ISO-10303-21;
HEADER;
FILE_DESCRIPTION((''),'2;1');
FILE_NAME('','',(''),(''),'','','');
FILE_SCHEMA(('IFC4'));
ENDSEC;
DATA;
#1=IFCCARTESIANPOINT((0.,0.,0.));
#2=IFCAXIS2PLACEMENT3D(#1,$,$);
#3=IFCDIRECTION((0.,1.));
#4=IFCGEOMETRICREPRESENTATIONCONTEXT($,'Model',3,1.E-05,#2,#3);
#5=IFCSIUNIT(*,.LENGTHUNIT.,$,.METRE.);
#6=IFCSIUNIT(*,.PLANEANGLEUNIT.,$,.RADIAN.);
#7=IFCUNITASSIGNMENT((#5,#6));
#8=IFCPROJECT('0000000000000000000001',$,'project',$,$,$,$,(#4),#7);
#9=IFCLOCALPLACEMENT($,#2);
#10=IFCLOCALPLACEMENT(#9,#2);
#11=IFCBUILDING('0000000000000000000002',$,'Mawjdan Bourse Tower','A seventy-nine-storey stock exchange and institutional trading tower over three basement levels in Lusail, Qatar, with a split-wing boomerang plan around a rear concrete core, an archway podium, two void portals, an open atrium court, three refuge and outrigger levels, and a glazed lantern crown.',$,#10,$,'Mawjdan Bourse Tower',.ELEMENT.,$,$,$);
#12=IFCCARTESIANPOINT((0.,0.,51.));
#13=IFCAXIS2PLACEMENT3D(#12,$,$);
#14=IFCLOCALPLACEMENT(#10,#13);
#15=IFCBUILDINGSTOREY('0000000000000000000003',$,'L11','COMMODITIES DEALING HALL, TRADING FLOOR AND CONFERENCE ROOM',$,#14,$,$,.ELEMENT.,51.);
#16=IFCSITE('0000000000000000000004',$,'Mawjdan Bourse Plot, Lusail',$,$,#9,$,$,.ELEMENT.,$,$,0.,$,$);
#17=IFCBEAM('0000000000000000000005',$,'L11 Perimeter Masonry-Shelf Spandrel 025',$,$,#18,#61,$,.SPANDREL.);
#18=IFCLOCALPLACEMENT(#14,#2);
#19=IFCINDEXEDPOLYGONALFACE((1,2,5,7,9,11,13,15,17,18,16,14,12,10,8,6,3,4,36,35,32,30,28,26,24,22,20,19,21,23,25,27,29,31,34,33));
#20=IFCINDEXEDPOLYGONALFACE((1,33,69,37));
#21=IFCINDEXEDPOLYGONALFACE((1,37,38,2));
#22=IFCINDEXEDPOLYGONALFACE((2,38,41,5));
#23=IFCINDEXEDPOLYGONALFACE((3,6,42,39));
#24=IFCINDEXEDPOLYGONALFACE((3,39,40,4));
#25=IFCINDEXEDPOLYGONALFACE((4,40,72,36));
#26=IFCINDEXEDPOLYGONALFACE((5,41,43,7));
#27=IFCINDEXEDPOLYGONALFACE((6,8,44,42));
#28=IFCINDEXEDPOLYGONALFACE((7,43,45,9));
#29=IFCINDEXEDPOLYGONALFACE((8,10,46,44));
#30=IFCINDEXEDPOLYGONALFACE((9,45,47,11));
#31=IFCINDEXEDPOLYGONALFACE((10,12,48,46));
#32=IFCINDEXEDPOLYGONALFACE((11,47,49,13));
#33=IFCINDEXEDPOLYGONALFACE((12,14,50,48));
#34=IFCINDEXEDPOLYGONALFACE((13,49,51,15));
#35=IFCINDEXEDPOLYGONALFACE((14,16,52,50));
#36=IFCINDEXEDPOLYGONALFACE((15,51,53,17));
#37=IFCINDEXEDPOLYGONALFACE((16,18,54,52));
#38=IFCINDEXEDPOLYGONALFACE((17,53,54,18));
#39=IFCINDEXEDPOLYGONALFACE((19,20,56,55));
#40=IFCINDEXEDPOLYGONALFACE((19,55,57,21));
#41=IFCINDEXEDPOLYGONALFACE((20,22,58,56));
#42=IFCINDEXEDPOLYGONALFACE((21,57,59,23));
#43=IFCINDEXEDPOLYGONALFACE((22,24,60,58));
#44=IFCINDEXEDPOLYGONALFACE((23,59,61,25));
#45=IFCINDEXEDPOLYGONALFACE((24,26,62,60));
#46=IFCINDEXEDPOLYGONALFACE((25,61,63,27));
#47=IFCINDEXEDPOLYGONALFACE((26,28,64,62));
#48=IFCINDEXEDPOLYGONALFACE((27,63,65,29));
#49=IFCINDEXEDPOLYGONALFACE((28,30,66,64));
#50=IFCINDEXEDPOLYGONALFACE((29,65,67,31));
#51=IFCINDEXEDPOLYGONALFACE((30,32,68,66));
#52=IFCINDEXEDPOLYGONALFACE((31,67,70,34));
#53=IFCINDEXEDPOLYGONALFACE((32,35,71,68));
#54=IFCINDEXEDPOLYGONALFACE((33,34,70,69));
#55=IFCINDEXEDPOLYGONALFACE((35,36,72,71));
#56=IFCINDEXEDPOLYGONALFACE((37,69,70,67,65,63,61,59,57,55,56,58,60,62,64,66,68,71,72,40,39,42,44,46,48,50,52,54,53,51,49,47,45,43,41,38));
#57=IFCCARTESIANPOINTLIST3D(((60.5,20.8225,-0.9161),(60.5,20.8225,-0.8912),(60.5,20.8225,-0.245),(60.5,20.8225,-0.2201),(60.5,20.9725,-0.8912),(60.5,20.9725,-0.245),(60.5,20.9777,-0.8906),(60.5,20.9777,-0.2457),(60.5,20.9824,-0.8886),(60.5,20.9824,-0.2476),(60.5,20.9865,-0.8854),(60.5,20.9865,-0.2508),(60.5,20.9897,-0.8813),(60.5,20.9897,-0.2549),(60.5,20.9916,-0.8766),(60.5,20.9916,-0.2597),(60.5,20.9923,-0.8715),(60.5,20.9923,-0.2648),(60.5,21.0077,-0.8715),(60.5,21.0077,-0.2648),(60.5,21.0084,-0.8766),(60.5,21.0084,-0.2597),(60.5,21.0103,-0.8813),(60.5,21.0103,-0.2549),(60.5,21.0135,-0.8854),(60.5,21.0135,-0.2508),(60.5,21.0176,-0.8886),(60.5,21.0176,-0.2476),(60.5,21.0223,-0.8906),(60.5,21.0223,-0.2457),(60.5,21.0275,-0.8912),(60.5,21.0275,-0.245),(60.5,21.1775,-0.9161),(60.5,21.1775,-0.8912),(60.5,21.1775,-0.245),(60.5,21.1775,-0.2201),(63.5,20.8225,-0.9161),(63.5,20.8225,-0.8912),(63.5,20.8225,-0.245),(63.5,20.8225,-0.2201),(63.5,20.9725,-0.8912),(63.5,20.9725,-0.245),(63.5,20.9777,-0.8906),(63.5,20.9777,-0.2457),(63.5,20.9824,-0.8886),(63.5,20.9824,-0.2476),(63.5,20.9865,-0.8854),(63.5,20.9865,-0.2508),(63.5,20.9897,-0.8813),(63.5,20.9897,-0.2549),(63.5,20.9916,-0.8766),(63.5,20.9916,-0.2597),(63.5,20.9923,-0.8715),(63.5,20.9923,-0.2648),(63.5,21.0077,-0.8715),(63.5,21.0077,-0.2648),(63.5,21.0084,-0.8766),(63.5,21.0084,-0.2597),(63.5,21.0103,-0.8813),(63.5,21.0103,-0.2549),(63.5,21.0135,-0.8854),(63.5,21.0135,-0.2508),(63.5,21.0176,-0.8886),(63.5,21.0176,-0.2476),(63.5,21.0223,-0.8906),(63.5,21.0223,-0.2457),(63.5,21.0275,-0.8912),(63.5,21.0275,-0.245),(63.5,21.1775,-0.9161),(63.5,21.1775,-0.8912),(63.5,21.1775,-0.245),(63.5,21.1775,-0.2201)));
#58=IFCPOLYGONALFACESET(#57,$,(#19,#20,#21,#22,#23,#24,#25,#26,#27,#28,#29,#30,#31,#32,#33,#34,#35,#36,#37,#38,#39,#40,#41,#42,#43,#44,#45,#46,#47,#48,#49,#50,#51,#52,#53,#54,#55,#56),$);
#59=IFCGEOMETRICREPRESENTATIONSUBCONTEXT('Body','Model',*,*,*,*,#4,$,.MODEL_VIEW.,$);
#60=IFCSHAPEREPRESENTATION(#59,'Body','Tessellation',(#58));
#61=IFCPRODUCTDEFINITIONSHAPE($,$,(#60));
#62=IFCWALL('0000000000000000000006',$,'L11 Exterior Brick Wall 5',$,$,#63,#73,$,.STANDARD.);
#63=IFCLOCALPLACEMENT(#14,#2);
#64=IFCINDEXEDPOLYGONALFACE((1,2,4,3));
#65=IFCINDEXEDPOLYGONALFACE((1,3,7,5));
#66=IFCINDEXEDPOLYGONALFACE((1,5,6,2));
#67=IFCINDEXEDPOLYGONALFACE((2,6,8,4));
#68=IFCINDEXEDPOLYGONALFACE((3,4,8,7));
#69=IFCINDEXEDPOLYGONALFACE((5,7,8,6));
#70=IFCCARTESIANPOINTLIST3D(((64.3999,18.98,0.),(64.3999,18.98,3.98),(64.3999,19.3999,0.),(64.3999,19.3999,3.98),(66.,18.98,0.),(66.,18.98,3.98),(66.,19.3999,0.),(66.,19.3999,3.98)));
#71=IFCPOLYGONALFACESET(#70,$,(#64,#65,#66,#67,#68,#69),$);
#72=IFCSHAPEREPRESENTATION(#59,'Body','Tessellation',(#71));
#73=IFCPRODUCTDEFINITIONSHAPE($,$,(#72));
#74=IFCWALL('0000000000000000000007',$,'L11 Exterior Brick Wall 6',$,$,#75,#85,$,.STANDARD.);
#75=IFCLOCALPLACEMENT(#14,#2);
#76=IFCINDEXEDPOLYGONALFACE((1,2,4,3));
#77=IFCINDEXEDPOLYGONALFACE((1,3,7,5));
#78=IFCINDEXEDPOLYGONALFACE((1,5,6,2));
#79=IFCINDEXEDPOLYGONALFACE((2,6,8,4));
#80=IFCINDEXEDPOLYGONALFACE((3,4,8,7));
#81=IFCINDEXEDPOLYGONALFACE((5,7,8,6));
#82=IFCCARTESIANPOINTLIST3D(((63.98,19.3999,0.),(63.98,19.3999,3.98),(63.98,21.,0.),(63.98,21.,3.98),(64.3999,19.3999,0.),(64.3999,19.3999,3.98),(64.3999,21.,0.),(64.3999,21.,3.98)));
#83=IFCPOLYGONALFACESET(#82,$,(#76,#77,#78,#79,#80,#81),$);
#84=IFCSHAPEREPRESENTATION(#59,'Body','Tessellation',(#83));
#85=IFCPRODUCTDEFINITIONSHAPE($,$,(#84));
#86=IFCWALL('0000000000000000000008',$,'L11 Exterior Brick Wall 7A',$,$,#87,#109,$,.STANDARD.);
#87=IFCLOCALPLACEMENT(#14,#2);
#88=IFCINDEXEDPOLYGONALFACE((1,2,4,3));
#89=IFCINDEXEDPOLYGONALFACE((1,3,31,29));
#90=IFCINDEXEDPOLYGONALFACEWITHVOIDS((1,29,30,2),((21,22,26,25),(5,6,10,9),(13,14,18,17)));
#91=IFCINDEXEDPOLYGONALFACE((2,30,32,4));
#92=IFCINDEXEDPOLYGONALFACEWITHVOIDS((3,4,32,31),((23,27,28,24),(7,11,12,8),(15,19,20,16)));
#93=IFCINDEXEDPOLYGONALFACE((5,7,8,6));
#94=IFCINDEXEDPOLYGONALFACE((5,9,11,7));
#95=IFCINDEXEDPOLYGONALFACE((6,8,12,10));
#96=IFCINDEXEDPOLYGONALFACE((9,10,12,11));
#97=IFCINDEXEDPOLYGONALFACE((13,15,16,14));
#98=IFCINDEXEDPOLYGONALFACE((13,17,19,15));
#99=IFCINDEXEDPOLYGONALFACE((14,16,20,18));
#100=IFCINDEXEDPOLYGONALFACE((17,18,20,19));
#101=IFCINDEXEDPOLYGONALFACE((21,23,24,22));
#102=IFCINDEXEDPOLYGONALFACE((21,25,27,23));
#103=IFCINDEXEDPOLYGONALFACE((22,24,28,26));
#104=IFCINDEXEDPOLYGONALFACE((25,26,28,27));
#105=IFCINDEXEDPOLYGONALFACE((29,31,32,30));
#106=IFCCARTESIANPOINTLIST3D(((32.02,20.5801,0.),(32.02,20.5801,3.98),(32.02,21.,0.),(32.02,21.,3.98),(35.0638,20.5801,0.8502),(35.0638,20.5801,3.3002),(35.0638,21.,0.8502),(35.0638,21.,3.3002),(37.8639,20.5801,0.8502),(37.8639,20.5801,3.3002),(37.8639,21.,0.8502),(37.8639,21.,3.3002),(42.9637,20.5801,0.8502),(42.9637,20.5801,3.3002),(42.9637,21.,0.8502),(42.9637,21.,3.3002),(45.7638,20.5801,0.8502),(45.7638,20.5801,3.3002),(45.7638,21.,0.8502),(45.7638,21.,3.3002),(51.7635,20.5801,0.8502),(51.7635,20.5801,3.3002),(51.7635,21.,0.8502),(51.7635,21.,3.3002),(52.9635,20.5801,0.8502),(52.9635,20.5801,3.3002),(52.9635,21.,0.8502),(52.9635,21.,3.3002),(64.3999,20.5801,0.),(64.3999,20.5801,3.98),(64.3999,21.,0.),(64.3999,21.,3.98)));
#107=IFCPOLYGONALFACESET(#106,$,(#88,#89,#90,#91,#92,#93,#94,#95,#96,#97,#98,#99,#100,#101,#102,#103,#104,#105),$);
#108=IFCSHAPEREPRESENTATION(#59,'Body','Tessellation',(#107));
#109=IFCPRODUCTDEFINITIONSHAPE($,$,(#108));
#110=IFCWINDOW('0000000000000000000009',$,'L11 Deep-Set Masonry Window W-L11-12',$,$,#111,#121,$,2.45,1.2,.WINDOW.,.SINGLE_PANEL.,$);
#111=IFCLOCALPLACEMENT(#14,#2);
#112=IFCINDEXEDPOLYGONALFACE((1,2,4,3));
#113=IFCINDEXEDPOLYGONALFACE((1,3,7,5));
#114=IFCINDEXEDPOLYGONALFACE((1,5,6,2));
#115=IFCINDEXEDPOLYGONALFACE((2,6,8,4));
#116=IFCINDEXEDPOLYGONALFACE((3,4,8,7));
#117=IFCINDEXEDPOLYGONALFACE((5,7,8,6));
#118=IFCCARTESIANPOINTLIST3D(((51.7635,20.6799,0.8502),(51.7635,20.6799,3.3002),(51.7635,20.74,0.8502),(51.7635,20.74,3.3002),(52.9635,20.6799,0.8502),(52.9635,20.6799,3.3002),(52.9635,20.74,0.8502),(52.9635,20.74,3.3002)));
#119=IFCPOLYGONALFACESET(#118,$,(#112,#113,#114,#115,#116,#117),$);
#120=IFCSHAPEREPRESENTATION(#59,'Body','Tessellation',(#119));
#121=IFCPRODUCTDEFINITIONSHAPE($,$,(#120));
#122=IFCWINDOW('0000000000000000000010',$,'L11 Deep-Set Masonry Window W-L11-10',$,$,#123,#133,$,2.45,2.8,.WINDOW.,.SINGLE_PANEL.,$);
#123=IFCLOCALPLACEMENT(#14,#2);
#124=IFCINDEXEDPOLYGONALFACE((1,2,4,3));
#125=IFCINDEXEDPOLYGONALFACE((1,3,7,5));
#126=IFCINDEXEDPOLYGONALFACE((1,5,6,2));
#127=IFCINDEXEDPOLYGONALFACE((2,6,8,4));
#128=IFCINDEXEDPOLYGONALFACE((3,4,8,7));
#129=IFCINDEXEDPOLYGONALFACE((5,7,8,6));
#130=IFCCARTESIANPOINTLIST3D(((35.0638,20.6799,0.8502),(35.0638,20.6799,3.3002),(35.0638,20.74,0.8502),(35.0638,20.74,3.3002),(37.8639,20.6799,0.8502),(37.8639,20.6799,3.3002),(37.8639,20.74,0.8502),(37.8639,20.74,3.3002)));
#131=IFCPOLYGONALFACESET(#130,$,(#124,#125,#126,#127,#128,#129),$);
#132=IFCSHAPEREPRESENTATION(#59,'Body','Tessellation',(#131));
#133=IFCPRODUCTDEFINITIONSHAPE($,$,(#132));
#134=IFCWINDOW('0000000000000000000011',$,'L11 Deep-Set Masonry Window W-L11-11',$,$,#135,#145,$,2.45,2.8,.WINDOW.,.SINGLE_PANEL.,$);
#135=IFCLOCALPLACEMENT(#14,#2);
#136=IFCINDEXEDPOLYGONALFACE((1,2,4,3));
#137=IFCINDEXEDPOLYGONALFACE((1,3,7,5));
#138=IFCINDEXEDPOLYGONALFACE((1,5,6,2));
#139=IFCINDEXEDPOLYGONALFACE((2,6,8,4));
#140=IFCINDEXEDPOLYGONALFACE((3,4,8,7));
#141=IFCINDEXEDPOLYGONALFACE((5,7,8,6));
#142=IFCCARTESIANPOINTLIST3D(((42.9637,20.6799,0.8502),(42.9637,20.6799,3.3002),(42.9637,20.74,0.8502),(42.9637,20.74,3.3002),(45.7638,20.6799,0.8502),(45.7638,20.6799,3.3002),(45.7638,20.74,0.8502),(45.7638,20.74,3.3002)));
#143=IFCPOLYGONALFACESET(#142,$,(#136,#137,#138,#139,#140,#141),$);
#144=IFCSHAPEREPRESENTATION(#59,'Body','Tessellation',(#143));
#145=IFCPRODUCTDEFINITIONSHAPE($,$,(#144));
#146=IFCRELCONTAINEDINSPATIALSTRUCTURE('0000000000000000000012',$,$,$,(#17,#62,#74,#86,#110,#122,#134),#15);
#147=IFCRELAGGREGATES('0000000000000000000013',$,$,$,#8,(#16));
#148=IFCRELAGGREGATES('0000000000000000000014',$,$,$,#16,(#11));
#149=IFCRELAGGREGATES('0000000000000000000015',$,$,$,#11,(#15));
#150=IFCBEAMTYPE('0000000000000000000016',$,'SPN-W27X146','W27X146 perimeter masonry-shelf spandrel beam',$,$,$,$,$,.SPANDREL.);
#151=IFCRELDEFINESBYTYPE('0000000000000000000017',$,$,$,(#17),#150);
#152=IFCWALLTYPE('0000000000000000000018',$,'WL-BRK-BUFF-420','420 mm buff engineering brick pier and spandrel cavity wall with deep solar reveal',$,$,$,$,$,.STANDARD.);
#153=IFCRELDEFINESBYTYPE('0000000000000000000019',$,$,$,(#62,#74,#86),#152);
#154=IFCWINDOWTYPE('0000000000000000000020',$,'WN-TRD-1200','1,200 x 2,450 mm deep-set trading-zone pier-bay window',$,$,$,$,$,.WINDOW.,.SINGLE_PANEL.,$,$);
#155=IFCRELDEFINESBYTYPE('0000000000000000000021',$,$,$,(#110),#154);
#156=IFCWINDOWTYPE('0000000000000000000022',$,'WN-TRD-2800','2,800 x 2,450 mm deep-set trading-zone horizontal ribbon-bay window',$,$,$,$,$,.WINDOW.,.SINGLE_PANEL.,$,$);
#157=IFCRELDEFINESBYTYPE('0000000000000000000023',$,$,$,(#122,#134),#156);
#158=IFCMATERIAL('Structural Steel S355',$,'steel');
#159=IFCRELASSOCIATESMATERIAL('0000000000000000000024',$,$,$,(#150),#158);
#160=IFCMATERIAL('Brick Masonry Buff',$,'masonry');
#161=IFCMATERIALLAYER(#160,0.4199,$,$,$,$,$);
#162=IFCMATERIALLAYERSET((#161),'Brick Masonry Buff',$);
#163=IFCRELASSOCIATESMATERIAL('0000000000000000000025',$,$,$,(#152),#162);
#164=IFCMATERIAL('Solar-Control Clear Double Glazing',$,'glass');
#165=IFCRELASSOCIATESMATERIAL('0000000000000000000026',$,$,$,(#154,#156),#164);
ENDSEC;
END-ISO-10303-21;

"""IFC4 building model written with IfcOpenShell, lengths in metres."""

from ifc_helpers import new_model, si_unit, direction, frame, frame_2d, origin, origin_2d, place, context, subcontext, project, spatial, rectangle, i_section, extrude, material, layer, layer_set, material_profile, profile_set, type_object, element, fill, save


model = new_model("IFC4")

# Units and contexts
model_context = context("Model", 3, precision=1e-05, world=origin(), true_north=direction((0.0, 1.0)))
body_context = subcontext(model_context, "Body", "Model", "MODEL_VIEW")
ifc_project = project(units=[si_unit("LENGTHUNIT", "METRE"), si_unit("PLANEANGLEUNIT", "RADIAN")], contexts=[model_context])

# Site, building, storey
site_placement = place(None, origin())
site = spatial("IfcSite", under=ifc_project, at=site_placement, Name="Mawjdan Bourse Plot, Lusail", CompositionType="ELEMENT", RefElevation=0.0)
building_placement = place(site_placement, origin())
building = spatial("IfcBuilding", under=site, at=building_placement, Name="Mawjdan Bourse Tower", Description="A seventy-nine-storey stock exchange and institutional trading tower over three basement levels in Lusail, Qatar, with a split-wing boomerang plan around a rear concrete core, an archway podium, two void portals, an open atrium court, three refuge and outrigger levels, and a glazed lantern crown.", LongName="Mawjdan Bourse Tower", CompositionType="ELEMENT")
storey_placement = place(building_placement, frame((0.0, 0.0, 51.0)))
storey = spatial("IfcBuildingStorey", under=building, at=storey_placement, Name="L11", Description="COMMODITIES DEALING HALL, TRADING FLOOR AND CONFERENCE ROOM", CompositionType="ELEMENT", Elevation=51.0)

# Beam
ifc_material_1 = material(Name="Structural Steel S355", Category="steel")
ifc_material_profile_1 = material_profile(ifc_material_1, i_section(OverallWidth=0.355, OverallDepth=0.696, WebThickness=0.0154, FlangeThickness=0.0249, FilletRadius=0.0198, at=origin_2d()), Name="W27X146")
ifc_profile_set_1 = profile_set([ifc_material_profile_1], Name="Structural Steel S355")
beam_type_1 = type_object("IfcBeamType", Name="SPN-W27X146", Description="W27X146 perimeter masonry-shelf spandrel beam", PredefinedType="SPANDREL", material=ifc_profile_set_1)
beam_1_placement = place(storey_placement, frame((60.5, 21.0, -0.5681), z_axis=(1.0, 0.0, 0.0), x_axis=(0.0, 1.0, 0.0)))
element("IfcBeam", 1, at=beam_1_placement, inside=storey, type_object=beam_type_1, Name="L11 Perimeter Masonry-Shelf Spandrel 025", PredefinedType="SPANDREL", context=body_context, shape_type="SweptSolid", body=[
    extrude(i_section(OverallWidth=0.355, OverallDepth=0.696, WebThickness=0.0154, FlangeThickness=0.0249, FilletRadius=0.0198, at=origin_2d()), origin(), (0.0, 0.0, 1.0), 3.0),
])

# Walls
ifc_material_2 = material(Name="Brick Masonry Buff", Category="masonry")
ifc_layer = layer(ifc_material_2, 0.4199)
ifc_layer_set = layer_set([ifc_layer], Name="Brick Masonry Buff")
wall_type = type_object("IfcWallType", Name="WL-BRK-BUFF-420", Description="420 mm buff engineering brick pier and spandrel cavity wall with deep solar reveal", PredefinedType="STANDARD", material=ifc_layer_set)
for number, where, z_axis, x_axis, name in (
    (2, (66.0, 19.1899, 0.0), (0.0, 0.0, 1.0), (-1.0, 0.0, 0.0), "L11 Exterior Brick Wall 5"),
    (3, (64.1899, 19.3999, 0.0), (0.0, 0.0, 1.0), (0.0, 1.0, 0.0), "L11 Exterior Brick Wall 6"),
):
    element("IfcWall", number, at=place(storey_placement, frame(where, z_axis=z_axis, x_axis=x_axis)), inside=storey, type_object=wall_type, Name=name, PredefinedType="STANDARD", context=body_context, shape_type="SweptSolid", body=[
        extrude(rectangle(XDim=1.6001, YDim=0.4199, at=frame_2d((0.8, 0.0))), origin(), (0.0, 0.0, 1.0), 3.98),
    ])

# Wall, openings, windows
wall_placement = place(storey_placement, frame((64.3999, 20.79, 0.0), z_axis=(0.0, 0.0, 1.0), x_axis=(-1.0, 0.0, 0.0)))
wall = element("IfcWall", 4, at=wall_placement, inside=storey, type_object=wall_type, Name="L11 Exterior Brick Wall 7A", PredefinedType="STANDARD", context=body_context, shape_type="SweptSolid", body=[
    extrude(rectangle(XDim=32.3799, YDim=0.4199, at=frame_2d((16.1899, 0.0))), origin(), (0.0, 0.0, 1.0), 3.98),
])
opening_1_placement = place(wall_placement, frame((26.5361, 0.0, 0.8501)))
opening_1 = element("IfcOpeningElement", 5, at=opening_1_placement, cuts=wall, PredefinedType="OPENING", context=body_context, shape_type="SweptSolid", body=[
    extrude(rectangle(XDim=2.8, YDim=2.45, at=frame_2d((1.3999, 1.2251))), frame((0.0, 0.22, 0.0), z_axis=(0.0, -1.0, 0.0), x_axis=(1.0, 0.0, 0.0)), (0.0, 0.0, 1.0), 0.4399),
])
opening_2_placement = place(wall_placement, frame((18.6362, 0.0, 0.8501)))
opening_2 = element("IfcOpeningElement", 6, at=opening_2_placement, cuts=wall, PredefinedType="OPENING", context=body_context, shape_type="SweptSolid", body=[
    extrude(rectangle(XDim=2.8, YDim=2.45, at=frame_2d((1.3999, 1.2251))), frame((0.0, 0.22, 0.0), z_axis=(0.0, -1.0, 0.0), x_axis=(1.0, 0.0, 0.0)), (0.0, 0.0, 1.0), 0.4399),
])
opening_3_placement = place(wall_placement, frame((11.4363, 0.0, 0.8501)))
opening_3 = element("IfcOpeningElement", 7, at=opening_3_placement, cuts=wall, PredefinedType="OPENING", context=body_context, shape_type="SweptSolid", body=[
    extrude(rectangle(XDim=1.2, YDim=2.45, at=frame_2d((0.6001, 1.2251))), frame((0.0, 0.22, 0.0), z_axis=(0.0, -1.0, 0.0), x_axis=(1.0, 0.0, 0.0)), (0.0, 0.0, 1.0), 0.4399),
])
ifc_material_3 = material(Name="Solar-Control Clear Double Glazing", Category="glass")
window_type_1 = type_object("IfcWindowType", Name="WN-TRD-1200", Description="1,200 x 2,450 mm deep-set trading-zone pier-bay window", PartitioningType="SINGLE_PANEL", PredefinedType="WINDOW", material=ifc_material_3)
window_1_placement = place(opening_3_placement, origin())
window_1 = element("IfcWindow", 8, at=window_1_placement, inside=storey, type_object=window_type_1, Name="L11 Deep-Set Masonry Window W-L11-12", OverallHeight=2.45, OverallWidth=1.2, PartitioningType="SINGLE_PANEL", PredefinedType="WINDOW", context=body_context, shape_type="SweptSolid", body=[
    extrude(rectangle(XDim=1.2, YDim=2.45, at=frame_2d((0.6001, 1.2251))), frame((0.0, 0.1101, 0.0), z_axis=(0.0, -1.0, 0.0), x_axis=(1.0, 0.0, 0.0)), (0.0, 0.0, 1.0), 0.0601),
])
fill(opening_3, window_1)
window_type_2 = type_object("IfcWindowType", Name="WN-TRD-2800", Description="2,800 x 2,450 mm deep-set trading-zone horizontal ribbon-bay window", PartitioningType="SINGLE_PANEL", PredefinedType="WINDOW", material=ifc_material_3)
window_2_placement = place(opening_1_placement, origin())
window_2 = element("IfcWindow", 9, at=window_2_placement, inside=storey, type_object=window_type_2, Name="L11 Deep-Set Masonry Window W-L11-10", OverallHeight=2.45, OverallWidth=2.8, PartitioningType="SINGLE_PANEL", PredefinedType="WINDOW", context=body_context, shape_type="SweptSolid", body=[
    extrude(rectangle(XDim=2.8, YDim=2.45, at=frame_2d((1.3999, 1.2251))), frame((0.0, 0.1101, 0.0), z_axis=(0.0, -1.0, 0.0), x_axis=(1.0, 0.0, 0.0)), (0.0, 0.0, 1.0), 0.0601),
])
fill(opening_1, window_2)
window_3_placement = place(opening_2_placement, origin())
window_3 = element("IfcWindow", 10, at=window_3_placement, inside=storey, type_object=window_type_2, Name="L11 Deep-Set Masonry Window W-L11-11", OverallHeight=2.45, OverallWidth=2.8, PartitioningType="SINGLE_PANEL", PredefinedType="WINDOW", context=body_context, shape_type="SweptSolid", body=[
    extrude(rectangle(XDim=2.8, YDim=2.45, at=frame_2d((1.3999, 1.2251))), frame((0.0, 0.1101, 0.0), z_axis=(0.0, -1.0, 0.0), x_axis=(1.0, 0.0, 0.0)), (0.0, 0.0, 1.0), 0.0601),
])
fill(opening_2, window_3)

save(model, "model.ifc")
